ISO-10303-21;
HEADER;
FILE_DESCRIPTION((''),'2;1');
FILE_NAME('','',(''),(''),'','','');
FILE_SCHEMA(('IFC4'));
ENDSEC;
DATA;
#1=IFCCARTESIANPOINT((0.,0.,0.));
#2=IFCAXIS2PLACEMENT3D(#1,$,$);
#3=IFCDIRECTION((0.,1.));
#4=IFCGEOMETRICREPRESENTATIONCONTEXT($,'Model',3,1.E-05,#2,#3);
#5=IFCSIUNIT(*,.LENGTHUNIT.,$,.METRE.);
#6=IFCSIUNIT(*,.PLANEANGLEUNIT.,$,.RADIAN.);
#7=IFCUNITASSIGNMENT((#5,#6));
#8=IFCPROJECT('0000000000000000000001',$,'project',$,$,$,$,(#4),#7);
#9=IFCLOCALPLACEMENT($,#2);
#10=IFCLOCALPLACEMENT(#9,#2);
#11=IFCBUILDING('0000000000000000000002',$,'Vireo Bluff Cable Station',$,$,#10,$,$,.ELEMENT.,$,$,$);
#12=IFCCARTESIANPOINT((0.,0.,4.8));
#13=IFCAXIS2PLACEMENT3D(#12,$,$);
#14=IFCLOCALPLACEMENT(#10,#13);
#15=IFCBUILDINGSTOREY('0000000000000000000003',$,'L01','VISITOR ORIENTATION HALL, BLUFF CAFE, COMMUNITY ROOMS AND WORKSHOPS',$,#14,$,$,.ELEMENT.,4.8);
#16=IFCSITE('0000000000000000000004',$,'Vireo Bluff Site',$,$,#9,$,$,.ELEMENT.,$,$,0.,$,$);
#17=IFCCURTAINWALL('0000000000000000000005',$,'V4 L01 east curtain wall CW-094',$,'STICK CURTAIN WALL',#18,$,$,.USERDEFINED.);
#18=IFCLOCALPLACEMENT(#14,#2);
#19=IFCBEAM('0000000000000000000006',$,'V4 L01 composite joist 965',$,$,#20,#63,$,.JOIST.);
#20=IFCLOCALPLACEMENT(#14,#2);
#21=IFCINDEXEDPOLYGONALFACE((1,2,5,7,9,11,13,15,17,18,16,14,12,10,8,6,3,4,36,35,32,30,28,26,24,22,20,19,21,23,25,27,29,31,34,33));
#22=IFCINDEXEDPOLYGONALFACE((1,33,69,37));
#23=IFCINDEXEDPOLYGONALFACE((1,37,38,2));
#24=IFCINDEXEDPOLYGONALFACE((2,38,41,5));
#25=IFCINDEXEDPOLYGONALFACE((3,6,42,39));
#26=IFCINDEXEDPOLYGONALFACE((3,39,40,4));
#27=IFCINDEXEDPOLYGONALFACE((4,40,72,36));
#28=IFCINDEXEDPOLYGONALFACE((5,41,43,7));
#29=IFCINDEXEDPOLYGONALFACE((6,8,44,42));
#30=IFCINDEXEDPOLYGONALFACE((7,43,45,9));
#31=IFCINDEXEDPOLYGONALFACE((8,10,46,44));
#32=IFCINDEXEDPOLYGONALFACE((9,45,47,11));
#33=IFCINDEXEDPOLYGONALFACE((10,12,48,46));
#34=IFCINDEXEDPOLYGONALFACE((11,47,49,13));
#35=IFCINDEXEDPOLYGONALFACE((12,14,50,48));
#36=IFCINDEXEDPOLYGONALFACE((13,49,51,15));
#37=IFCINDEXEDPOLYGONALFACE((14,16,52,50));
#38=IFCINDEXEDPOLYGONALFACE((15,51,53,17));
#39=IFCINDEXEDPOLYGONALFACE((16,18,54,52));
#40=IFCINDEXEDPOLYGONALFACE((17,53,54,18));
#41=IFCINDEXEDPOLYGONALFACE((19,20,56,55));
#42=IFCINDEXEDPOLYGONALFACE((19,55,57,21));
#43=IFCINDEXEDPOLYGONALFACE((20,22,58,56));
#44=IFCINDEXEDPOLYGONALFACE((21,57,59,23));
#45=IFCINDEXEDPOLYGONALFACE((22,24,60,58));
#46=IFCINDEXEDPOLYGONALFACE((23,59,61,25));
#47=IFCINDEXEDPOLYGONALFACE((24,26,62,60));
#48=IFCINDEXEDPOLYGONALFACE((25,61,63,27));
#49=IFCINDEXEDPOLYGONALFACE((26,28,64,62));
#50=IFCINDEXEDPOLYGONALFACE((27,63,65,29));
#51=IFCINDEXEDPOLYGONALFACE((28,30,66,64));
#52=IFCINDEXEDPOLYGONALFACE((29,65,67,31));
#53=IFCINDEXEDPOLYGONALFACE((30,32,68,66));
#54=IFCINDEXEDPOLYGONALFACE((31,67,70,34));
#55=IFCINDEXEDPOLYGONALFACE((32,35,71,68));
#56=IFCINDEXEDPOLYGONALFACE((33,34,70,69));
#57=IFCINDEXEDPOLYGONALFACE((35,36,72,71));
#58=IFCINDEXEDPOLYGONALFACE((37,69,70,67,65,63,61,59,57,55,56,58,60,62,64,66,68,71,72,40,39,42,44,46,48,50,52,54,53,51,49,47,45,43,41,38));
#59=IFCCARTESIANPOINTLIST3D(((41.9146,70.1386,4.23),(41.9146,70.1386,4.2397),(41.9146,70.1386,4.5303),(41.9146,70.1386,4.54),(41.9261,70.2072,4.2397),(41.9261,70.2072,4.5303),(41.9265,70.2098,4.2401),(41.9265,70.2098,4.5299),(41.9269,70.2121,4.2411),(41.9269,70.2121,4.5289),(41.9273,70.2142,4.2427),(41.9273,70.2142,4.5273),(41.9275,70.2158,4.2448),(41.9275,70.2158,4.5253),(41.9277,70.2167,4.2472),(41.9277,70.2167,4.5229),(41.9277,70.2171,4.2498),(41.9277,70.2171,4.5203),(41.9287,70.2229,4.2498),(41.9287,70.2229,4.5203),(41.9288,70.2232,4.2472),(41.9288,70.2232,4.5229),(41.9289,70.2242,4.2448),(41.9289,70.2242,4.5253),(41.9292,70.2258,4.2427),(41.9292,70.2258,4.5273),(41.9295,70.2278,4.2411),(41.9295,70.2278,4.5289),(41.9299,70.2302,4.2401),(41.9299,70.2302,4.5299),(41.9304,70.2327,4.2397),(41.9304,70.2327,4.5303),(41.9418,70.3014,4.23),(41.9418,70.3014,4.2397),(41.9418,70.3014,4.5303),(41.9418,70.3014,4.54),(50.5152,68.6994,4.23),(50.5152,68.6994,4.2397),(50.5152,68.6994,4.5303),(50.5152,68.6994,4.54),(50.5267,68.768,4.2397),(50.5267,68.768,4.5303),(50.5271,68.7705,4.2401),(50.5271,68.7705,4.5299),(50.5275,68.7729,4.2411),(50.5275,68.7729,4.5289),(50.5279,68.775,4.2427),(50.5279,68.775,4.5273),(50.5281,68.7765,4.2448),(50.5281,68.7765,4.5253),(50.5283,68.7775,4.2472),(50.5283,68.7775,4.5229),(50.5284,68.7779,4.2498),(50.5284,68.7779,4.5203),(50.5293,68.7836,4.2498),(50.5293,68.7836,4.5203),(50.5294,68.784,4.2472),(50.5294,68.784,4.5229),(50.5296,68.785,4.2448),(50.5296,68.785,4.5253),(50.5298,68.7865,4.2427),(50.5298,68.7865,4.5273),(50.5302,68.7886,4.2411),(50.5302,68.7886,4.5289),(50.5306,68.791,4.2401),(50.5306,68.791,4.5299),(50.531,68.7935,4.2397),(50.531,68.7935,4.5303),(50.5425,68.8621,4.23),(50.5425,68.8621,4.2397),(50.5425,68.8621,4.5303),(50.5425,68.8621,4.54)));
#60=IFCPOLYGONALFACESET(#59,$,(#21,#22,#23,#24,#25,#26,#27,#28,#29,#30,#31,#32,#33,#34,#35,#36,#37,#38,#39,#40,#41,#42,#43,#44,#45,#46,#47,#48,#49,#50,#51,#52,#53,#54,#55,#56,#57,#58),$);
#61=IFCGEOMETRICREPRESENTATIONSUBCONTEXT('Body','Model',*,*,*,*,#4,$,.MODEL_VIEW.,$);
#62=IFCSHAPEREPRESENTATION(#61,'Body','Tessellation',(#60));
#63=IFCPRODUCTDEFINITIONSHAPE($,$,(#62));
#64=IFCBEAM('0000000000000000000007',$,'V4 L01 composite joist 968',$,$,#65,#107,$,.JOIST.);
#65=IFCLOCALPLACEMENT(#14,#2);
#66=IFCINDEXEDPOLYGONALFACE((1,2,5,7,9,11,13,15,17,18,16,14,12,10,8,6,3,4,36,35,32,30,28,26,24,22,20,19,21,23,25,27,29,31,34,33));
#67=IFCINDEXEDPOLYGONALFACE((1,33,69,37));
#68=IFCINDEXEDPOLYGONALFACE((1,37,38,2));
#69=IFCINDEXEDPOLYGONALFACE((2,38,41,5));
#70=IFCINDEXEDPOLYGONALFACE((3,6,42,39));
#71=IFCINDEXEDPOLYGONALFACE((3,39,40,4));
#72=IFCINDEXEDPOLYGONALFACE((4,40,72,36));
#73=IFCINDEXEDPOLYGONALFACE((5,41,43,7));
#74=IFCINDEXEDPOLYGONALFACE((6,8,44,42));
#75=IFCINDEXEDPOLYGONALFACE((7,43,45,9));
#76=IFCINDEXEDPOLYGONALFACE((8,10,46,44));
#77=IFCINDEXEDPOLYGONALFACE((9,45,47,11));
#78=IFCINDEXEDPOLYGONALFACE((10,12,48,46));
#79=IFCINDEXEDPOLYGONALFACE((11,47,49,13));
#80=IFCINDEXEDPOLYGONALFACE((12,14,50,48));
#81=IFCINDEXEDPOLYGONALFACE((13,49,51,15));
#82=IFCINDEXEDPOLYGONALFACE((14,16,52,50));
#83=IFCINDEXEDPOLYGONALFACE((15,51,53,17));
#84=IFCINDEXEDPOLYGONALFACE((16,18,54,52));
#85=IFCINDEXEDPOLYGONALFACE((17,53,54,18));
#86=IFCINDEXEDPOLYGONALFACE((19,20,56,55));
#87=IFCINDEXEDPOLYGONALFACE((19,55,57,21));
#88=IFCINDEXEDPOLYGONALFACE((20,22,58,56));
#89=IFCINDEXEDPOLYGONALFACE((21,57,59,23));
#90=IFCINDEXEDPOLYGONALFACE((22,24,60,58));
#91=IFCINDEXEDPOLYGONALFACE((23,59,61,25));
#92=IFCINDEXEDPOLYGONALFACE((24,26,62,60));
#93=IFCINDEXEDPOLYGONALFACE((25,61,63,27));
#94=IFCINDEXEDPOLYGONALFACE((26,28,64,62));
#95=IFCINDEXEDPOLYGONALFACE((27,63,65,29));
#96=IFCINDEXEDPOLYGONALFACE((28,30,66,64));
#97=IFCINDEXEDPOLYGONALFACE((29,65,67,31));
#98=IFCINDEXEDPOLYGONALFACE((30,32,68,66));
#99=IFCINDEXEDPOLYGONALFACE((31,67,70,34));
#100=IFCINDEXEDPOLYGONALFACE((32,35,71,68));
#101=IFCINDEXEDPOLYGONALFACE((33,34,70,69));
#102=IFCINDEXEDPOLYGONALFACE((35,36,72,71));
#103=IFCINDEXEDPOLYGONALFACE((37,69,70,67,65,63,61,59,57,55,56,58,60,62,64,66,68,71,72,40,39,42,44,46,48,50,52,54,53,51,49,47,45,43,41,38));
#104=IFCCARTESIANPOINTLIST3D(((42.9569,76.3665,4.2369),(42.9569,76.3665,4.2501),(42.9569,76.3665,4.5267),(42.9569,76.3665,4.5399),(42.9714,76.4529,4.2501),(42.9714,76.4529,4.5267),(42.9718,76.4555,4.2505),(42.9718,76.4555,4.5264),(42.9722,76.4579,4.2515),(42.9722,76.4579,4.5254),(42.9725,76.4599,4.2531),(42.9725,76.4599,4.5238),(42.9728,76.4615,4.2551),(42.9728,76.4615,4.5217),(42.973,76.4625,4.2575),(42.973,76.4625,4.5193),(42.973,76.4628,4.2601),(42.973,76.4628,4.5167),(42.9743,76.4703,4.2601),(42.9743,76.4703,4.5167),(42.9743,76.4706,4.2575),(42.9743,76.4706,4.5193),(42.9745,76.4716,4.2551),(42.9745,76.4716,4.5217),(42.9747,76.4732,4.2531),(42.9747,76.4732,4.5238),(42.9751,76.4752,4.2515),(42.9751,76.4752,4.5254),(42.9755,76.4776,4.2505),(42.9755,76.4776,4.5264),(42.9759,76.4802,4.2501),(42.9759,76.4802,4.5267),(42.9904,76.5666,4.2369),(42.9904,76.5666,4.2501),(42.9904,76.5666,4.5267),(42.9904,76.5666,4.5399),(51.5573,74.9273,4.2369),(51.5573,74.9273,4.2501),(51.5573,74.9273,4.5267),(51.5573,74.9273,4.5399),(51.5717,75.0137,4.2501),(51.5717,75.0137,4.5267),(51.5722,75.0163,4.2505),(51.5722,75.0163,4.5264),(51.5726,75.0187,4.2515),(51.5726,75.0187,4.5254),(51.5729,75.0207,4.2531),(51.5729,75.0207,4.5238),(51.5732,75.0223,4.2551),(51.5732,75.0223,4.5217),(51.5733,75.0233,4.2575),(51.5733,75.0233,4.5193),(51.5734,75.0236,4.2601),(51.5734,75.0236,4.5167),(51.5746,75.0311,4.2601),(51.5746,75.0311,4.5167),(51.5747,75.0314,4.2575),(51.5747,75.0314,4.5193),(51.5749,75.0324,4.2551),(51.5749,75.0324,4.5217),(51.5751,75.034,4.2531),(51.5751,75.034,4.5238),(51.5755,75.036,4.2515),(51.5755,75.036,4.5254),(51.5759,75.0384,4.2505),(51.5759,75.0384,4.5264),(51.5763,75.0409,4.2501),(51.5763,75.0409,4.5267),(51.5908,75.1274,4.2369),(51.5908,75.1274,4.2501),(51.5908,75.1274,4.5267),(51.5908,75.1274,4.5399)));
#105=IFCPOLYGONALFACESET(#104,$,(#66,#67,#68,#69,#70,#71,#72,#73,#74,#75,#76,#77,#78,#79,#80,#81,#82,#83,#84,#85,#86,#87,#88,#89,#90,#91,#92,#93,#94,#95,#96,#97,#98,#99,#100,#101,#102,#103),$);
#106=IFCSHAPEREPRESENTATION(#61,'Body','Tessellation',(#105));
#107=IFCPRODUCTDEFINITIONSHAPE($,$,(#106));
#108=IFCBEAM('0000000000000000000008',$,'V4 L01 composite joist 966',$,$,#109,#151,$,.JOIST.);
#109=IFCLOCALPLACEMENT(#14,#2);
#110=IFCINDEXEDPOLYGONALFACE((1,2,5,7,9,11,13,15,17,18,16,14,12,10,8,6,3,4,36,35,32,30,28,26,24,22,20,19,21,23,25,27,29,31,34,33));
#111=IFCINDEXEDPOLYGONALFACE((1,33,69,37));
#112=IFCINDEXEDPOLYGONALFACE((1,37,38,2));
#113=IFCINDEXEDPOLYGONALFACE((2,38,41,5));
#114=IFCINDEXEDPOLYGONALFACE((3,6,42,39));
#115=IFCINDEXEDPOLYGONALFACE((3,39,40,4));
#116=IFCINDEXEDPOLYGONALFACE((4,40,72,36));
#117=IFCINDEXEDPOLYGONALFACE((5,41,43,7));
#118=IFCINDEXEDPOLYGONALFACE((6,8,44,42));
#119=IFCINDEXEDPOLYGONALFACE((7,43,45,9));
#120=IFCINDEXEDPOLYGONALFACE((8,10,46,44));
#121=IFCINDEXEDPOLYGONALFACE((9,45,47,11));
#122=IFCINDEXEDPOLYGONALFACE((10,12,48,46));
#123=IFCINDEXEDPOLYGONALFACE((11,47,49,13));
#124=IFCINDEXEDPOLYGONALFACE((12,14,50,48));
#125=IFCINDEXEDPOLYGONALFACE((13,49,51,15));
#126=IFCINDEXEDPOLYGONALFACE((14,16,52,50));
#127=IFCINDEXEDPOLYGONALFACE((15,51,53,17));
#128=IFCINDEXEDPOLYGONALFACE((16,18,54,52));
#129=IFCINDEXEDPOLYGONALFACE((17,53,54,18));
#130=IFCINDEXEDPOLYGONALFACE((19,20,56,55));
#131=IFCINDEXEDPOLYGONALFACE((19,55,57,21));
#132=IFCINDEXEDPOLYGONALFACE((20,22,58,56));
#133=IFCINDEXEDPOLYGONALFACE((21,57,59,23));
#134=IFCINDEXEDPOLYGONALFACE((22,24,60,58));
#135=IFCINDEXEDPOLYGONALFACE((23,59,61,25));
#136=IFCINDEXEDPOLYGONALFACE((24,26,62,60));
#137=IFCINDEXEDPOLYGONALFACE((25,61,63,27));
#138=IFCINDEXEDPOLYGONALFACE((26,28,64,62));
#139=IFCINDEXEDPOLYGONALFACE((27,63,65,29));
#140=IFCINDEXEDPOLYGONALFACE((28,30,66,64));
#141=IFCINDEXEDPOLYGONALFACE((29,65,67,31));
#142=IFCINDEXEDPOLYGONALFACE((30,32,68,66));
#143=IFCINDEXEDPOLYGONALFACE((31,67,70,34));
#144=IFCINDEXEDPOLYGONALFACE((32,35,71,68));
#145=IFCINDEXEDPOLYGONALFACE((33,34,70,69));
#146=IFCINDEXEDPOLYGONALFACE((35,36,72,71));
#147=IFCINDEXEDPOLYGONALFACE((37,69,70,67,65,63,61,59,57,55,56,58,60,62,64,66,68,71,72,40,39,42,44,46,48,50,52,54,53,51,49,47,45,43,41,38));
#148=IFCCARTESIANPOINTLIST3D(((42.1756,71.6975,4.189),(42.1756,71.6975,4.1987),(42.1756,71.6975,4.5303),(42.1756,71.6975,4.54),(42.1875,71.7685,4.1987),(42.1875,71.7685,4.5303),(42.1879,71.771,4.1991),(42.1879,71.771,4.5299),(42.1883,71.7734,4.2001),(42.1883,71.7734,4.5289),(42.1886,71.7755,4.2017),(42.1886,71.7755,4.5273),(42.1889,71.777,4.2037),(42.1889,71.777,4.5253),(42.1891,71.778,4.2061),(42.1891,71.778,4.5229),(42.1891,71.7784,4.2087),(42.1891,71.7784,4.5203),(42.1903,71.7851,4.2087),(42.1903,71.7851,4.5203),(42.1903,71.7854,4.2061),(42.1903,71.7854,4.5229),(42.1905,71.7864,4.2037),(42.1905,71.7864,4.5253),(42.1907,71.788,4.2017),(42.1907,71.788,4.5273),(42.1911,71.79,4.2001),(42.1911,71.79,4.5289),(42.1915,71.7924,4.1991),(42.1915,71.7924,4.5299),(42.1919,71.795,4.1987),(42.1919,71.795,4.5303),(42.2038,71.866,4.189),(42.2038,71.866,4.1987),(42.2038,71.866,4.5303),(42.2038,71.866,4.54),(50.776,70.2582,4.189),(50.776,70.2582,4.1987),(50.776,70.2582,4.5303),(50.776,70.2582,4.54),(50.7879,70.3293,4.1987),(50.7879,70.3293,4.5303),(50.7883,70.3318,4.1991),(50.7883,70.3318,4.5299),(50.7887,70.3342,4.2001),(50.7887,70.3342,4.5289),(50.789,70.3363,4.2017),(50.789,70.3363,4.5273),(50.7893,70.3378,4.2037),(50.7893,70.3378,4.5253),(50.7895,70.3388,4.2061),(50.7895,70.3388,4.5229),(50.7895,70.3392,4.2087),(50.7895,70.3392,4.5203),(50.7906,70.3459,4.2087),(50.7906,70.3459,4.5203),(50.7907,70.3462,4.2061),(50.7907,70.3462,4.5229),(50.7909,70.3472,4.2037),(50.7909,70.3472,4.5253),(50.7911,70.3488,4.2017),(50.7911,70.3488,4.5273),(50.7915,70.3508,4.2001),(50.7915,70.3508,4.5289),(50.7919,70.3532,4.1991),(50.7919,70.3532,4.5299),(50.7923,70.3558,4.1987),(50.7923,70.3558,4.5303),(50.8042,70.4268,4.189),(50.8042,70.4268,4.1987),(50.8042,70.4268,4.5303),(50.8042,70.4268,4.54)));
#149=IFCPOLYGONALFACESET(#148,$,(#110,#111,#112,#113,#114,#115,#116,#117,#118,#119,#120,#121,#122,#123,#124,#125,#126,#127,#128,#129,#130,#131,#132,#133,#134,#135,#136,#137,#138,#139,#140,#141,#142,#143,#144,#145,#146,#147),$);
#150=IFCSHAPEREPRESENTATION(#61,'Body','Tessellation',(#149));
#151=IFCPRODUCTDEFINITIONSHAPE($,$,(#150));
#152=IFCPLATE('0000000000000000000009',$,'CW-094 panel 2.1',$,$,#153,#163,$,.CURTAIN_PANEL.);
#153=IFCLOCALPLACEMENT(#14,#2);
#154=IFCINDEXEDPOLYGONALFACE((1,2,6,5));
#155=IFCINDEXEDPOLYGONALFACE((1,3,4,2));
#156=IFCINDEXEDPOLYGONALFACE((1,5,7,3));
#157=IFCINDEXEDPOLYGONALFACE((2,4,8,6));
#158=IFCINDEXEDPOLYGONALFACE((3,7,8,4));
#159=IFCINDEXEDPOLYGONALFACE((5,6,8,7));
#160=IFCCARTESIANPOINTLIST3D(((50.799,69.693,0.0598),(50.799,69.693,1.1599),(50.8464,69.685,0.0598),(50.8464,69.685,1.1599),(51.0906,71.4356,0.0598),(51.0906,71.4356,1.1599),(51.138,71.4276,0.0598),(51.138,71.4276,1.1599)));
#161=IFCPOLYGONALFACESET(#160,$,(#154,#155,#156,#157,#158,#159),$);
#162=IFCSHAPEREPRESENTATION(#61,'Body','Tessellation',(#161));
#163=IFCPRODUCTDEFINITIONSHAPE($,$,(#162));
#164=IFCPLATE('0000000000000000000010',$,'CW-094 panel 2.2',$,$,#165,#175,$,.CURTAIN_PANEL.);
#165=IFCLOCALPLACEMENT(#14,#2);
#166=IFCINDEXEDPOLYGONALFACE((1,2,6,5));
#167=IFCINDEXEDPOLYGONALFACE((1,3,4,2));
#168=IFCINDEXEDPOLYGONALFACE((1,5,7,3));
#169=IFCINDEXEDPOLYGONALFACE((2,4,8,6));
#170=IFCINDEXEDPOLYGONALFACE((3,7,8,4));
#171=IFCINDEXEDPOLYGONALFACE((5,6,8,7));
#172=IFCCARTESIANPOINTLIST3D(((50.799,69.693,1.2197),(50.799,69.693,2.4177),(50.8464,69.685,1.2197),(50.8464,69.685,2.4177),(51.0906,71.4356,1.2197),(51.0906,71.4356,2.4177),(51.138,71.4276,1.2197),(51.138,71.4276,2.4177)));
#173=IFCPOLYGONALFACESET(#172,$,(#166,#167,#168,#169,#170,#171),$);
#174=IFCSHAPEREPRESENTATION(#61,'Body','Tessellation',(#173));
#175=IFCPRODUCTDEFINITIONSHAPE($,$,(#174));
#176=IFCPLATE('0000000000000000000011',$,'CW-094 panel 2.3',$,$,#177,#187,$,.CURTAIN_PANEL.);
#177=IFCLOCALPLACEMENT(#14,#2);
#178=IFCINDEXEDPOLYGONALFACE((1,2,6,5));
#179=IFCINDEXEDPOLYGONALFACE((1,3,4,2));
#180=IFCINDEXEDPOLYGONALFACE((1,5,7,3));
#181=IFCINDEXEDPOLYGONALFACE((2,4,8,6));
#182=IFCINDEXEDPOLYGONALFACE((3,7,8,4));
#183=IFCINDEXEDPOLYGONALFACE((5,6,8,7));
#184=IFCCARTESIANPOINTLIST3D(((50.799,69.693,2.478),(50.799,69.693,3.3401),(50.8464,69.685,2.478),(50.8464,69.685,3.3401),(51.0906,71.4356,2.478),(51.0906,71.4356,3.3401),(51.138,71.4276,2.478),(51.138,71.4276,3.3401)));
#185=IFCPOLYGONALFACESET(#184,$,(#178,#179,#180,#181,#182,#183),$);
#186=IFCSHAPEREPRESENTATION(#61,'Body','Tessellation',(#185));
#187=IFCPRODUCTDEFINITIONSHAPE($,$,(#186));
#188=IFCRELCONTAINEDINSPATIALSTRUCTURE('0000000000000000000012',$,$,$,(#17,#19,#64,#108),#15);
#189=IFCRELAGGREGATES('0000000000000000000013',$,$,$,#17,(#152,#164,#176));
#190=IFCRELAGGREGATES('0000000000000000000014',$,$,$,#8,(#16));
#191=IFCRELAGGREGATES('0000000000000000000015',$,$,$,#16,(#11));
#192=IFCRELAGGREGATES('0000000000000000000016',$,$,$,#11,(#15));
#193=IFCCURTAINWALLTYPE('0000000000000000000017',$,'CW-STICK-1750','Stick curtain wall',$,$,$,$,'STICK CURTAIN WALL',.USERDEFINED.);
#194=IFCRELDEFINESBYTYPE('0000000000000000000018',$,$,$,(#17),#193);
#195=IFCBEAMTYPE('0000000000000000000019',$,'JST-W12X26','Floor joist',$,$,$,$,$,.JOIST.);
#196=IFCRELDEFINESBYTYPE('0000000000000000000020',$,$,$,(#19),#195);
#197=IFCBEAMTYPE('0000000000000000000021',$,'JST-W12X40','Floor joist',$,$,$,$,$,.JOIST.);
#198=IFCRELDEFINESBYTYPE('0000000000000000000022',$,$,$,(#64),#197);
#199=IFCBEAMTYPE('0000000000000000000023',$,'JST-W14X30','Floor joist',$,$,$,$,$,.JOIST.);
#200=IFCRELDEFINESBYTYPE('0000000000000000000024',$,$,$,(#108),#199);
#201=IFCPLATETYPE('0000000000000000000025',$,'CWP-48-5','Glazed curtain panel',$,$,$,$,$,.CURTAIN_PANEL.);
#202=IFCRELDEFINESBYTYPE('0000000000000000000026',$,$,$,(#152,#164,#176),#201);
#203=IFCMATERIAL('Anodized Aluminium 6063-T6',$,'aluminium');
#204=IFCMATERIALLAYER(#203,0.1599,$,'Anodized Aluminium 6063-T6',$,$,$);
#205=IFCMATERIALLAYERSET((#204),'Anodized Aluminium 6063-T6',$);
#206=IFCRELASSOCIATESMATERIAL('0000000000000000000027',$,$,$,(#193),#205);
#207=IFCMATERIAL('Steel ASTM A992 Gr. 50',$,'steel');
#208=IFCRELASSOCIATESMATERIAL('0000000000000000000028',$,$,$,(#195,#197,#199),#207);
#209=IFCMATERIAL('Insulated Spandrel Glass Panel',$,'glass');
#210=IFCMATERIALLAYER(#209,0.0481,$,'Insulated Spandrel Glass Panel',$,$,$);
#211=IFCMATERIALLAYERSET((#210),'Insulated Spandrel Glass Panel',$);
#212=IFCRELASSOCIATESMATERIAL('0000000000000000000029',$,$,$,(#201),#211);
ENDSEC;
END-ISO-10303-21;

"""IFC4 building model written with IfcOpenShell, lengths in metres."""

from ifc_helpers import new_model, si_unit, direction, frame, origin, origin_2d, place, context, subcontext, project, spatial, rectangle, i_section, extrude, material, layer, layer_set, material_profile, profile_set, type_object, element, aggregate, save


model = new_model("IFC4")

# Units and contexts
model_context = context("Model", 3, precision=1e-05, world=origin(), true_north=direction((0.0, 1.0)))
body_context = subcontext(model_context, "Body", "Model", "MODEL_VIEW")
ifc_project = project(units=[si_unit("LENGTHUNIT", "METRE"), si_unit("PLANEANGLEUNIT", "RADIAN")], contexts=[model_context])

# Site, building, storey
site_placement = place(None, origin())
site = spatial("IfcSite", under=ifc_project, at=site_placement, Name="Vireo Bluff Site", CompositionType="ELEMENT", RefElevation=0.0)
building_placement = place(site_placement, origin())
building = spatial("IfcBuilding", under=site, at=building_placement, Name="Vireo Bluff Cable Station", CompositionType="ELEMENT")
storey_placement = place(building_placement, frame((0.0, 0.0, 4.8)))
storey = spatial("IfcBuildingStorey", under=building, at=storey_placement, Name="L01", Description="VISITOR ORIENTATION HALL, BLUFF CAFE, COMMUNITY ROOMS AND WORKSHOPS", CompositionType="ELEMENT", Elevation=4.8)

# Shared definitions
ifc_material_1 = material(Name="Steel ASTM A992 Gr. 50", Category="steel")

# Curtain wall
ifc_material_2 = material(Name="Anodized Aluminium 6063-T6", Category="aluminium")
ifc_layer_1 = layer(ifc_material_2, 0.1599, Name="Anodized Aluminium 6063-T6")
ifc_layer_set_1 = layer_set([ifc_layer_1], Name="Anodized Aluminium 6063-T6")
curtain_wall_type = type_object("IfcCurtainWallType", Name="CW-STICK-1750", Description="Stick curtain wall", ElementType="STICK CURTAIN WALL", PredefinedType="USERDEFINED", material=ifc_layer_set_1)
curtain_wall_placement = place(storey_placement, origin())
curtain_wall = element("IfcCurtainWall", 1, at=curtain_wall_placement, inside=storey, type_object=curtain_wall_type, Name="V4 L01 east curtain wall CW-094", ObjectType="STICK CURTAIN WALL", PredefinedType="USERDEFINED")

# Beams
ifc_material_profile_1 = material_profile(ifc_material_1, i_section(OverallWidth=0.165, OverallDepth=0.3101, WebThickness=0.0059, FlangeThickness=0.0098, FilletRadius=0.01, at=origin_2d()), Name="W12X26")
ifc_profile_set_1 = profile_set([ifc_material_profile_1], Name="Steel ASTM A992 Gr. 50")
beam_type_1 = type_object("IfcBeamType", Name="JST-W12X26", Description="Floor joist", PredefinedType="JOIST", material=ifc_profile_set_1)
beam_1_placement = place(storey_placement, frame((41.9282, 70.22, 4.385), z_axis=(0.986286, -0.165044, 0.0), x_axis=(0.165044, 0.986286, 0.0)))
element("IfcBeam", 2, at=beam_1_placement, inside=storey, type_object=beam_type_1, Name="V4 L01 composite joist 965", PredefinedType="JOIST", context=body_context, shape_type="SweptSolid", body=[
    extrude(i_section(OverallWidth=0.165, OverallDepth=0.3101, WebThickness=0.0059, FlangeThickness=0.0098, FilletRadius=0.01, at=origin_2d()), origin(), (0.0, 0.0, 1.0), 8.7202),
])
ifc_material_profile_2 = material_profile(ifc_material_1, i_section(OverallWidth=0.2029, OverallDepth=0.303, WebThickness=0.0076, FlangeThickness=0.0132, FilletRadius=0.01, at=origin_2d()), Name="W12X40")
ifc_profile_set_2 = profile_set([ifc_material_profile_2], Name="Steel ASTM A992 Gr. 50")
beam_type_2 = type_object("IfcBeamType", Name="JST-W12X40", Description="Floor joist", PredefinedType="JOIST", material=ifc_profile_set_2)
beam_2_placement = place(storey_placement, frame((42.9736, 76.4666, 4.3884), z_axis=(0.986286, -0.165048, 0.0), x_axis=(0.165048, 0.986286, 0.0)))
element("IfcBeam", 3, at=beam_2_placement, inside=storey, type_object=beam_type_2, Name="V4 L01 composite joist 968", PredefinedType="JOIST", context=body_context, shape_type="SweptSolid", body=[
    extrude(i_section(OverallWidth=0.2029, OverallDepth=0.303, WebThickness=0.0076, FlangeThickness=0.0132, FilletRadius=0.01, at=origin_2d()), origin(), (0.0, 0.0, 1.0), 8.72),
])
ifc_material_profile_3 = material_profile(ifc_material_1, i_section(OverallWidth=0.1709, OverallDepth=0.3511, WebThickness=0.0068, FlangeThickness=0.0098, FilletRadius=0.01, at=origin_2d()), Name="W14X30")
ifc_profile_set_3 = profile_set([ifc_material_profile_3], Name="Steel ASTM A992 Gr. 50")
beam_type_3 = type_object("IfcBeamType", Name="JST-W14X30", Description="Floor joist", PredefinedType="JOIST", material=ifc_profile_set_3)
beam_3_placement = place(storey_placement, frame((42.1897, 71.7817, 4.3645), z_axis=(0.986286, -0.165048, 0.0), x_axis=(0.165048, 0.986286, 0.0)))
element("IfcBeam", 4, at=beam_3_placement, inside=storey, type_object=beam_type_3, Name="V4 L01 composite joist 966", PredefinedType="JOIST", context=body_context, shape_type="SweptSolid", body=[
    extrude(i_section(OverallWidth=0.1709, OverallDepth=0.3511, WebThickness=0.0068, FlangeThickness=0.0098, FilletRadius=0.01, at=origin_2d()), origin(), (0.0, 0.0, 1.0), 8.72),
])

# Plates
ifc_material_3 = material(Name="Insulated Spandrel Glass Panel", Category="glass")
ifc_layer_2 = layer(ifc_material_3, 0.0481, Name="Insulated Spandrel Glass Panel")
ifc_layer_set_2 = layer_set([ifc_layer_2], Name="Insulated Spandrel Glass Panel")
plate_type = type_object("IfcPlateType", Name="CWP-48-5", Description="Glazed curtain panel", PredefinedType="CURTAIN_PANEL", material=ifc_layer_set_2)
plate_1_placement = place(storey_placement, frame((50.9685, 70.5603, 0.0598), z_axis=(0.0, 0.0, 1.0), x_axis=(-0.165048, -0.986286, 0.0)))
plate_1 = element("IfcPlate", 5, at=plate_1_placement, type_object=plate_type, Name="CW-094 panel 2.1", PredefinedType="CURTAIN_PANEL", context=body_context, shape_type="SweptSolid", body=[
    extrude(rectangle(XDim=1.7668, YDim=0.0481, at=origin_2d()), origin(), (0.0, 0.0, 1.0), 1.1001),
])
plate_2_placement = place(storey_placement, frame((50.9685, 70.5603, 1.2197), z_axis=(0.0, 0.0, 1.0), x_axis=(-0.165048, -0.986286, 0.0)))
plate_2 = element("IfcPlate", 6, at=plate_2_placement, type_object=plate_type, Name="CW-094 panel 2.2", PredefinedType="CURTAIN_PANEL", context=body_context, shape_type="SweptSolid", body=[
    extrude(rectangle(XDim=1.7668, YDim=0.0481, at=origin_2d()), origin(), (0.0, 0.0, 1.0), 1.198),
])
plate_3_placement = place(storey_placement, frame((50.9685, 70.5603, 2.478), z_axis=(0.0, 0.0, 1.0), x_axis=(-0.165048, -0.986286, 0.0)))
plate_3 = element("IfcPlate", 7, at=plate_3_placement, type_object=plate_type, Name="CW-094 panel 2.3", PredefinedType="CURTAIN_PANEL", context=body_context, shape_type="SweptSolid", body=[
    extrude(rectangle(XDim=1.7668, YDim=0.0481, at=origin_2d()), origin(), (0.0, 0.0, 1.0), 0.8621),
])
aggregate(curtain_wall, [plate_1, plate_2, plate_3])

save(model, "model.ifc")
